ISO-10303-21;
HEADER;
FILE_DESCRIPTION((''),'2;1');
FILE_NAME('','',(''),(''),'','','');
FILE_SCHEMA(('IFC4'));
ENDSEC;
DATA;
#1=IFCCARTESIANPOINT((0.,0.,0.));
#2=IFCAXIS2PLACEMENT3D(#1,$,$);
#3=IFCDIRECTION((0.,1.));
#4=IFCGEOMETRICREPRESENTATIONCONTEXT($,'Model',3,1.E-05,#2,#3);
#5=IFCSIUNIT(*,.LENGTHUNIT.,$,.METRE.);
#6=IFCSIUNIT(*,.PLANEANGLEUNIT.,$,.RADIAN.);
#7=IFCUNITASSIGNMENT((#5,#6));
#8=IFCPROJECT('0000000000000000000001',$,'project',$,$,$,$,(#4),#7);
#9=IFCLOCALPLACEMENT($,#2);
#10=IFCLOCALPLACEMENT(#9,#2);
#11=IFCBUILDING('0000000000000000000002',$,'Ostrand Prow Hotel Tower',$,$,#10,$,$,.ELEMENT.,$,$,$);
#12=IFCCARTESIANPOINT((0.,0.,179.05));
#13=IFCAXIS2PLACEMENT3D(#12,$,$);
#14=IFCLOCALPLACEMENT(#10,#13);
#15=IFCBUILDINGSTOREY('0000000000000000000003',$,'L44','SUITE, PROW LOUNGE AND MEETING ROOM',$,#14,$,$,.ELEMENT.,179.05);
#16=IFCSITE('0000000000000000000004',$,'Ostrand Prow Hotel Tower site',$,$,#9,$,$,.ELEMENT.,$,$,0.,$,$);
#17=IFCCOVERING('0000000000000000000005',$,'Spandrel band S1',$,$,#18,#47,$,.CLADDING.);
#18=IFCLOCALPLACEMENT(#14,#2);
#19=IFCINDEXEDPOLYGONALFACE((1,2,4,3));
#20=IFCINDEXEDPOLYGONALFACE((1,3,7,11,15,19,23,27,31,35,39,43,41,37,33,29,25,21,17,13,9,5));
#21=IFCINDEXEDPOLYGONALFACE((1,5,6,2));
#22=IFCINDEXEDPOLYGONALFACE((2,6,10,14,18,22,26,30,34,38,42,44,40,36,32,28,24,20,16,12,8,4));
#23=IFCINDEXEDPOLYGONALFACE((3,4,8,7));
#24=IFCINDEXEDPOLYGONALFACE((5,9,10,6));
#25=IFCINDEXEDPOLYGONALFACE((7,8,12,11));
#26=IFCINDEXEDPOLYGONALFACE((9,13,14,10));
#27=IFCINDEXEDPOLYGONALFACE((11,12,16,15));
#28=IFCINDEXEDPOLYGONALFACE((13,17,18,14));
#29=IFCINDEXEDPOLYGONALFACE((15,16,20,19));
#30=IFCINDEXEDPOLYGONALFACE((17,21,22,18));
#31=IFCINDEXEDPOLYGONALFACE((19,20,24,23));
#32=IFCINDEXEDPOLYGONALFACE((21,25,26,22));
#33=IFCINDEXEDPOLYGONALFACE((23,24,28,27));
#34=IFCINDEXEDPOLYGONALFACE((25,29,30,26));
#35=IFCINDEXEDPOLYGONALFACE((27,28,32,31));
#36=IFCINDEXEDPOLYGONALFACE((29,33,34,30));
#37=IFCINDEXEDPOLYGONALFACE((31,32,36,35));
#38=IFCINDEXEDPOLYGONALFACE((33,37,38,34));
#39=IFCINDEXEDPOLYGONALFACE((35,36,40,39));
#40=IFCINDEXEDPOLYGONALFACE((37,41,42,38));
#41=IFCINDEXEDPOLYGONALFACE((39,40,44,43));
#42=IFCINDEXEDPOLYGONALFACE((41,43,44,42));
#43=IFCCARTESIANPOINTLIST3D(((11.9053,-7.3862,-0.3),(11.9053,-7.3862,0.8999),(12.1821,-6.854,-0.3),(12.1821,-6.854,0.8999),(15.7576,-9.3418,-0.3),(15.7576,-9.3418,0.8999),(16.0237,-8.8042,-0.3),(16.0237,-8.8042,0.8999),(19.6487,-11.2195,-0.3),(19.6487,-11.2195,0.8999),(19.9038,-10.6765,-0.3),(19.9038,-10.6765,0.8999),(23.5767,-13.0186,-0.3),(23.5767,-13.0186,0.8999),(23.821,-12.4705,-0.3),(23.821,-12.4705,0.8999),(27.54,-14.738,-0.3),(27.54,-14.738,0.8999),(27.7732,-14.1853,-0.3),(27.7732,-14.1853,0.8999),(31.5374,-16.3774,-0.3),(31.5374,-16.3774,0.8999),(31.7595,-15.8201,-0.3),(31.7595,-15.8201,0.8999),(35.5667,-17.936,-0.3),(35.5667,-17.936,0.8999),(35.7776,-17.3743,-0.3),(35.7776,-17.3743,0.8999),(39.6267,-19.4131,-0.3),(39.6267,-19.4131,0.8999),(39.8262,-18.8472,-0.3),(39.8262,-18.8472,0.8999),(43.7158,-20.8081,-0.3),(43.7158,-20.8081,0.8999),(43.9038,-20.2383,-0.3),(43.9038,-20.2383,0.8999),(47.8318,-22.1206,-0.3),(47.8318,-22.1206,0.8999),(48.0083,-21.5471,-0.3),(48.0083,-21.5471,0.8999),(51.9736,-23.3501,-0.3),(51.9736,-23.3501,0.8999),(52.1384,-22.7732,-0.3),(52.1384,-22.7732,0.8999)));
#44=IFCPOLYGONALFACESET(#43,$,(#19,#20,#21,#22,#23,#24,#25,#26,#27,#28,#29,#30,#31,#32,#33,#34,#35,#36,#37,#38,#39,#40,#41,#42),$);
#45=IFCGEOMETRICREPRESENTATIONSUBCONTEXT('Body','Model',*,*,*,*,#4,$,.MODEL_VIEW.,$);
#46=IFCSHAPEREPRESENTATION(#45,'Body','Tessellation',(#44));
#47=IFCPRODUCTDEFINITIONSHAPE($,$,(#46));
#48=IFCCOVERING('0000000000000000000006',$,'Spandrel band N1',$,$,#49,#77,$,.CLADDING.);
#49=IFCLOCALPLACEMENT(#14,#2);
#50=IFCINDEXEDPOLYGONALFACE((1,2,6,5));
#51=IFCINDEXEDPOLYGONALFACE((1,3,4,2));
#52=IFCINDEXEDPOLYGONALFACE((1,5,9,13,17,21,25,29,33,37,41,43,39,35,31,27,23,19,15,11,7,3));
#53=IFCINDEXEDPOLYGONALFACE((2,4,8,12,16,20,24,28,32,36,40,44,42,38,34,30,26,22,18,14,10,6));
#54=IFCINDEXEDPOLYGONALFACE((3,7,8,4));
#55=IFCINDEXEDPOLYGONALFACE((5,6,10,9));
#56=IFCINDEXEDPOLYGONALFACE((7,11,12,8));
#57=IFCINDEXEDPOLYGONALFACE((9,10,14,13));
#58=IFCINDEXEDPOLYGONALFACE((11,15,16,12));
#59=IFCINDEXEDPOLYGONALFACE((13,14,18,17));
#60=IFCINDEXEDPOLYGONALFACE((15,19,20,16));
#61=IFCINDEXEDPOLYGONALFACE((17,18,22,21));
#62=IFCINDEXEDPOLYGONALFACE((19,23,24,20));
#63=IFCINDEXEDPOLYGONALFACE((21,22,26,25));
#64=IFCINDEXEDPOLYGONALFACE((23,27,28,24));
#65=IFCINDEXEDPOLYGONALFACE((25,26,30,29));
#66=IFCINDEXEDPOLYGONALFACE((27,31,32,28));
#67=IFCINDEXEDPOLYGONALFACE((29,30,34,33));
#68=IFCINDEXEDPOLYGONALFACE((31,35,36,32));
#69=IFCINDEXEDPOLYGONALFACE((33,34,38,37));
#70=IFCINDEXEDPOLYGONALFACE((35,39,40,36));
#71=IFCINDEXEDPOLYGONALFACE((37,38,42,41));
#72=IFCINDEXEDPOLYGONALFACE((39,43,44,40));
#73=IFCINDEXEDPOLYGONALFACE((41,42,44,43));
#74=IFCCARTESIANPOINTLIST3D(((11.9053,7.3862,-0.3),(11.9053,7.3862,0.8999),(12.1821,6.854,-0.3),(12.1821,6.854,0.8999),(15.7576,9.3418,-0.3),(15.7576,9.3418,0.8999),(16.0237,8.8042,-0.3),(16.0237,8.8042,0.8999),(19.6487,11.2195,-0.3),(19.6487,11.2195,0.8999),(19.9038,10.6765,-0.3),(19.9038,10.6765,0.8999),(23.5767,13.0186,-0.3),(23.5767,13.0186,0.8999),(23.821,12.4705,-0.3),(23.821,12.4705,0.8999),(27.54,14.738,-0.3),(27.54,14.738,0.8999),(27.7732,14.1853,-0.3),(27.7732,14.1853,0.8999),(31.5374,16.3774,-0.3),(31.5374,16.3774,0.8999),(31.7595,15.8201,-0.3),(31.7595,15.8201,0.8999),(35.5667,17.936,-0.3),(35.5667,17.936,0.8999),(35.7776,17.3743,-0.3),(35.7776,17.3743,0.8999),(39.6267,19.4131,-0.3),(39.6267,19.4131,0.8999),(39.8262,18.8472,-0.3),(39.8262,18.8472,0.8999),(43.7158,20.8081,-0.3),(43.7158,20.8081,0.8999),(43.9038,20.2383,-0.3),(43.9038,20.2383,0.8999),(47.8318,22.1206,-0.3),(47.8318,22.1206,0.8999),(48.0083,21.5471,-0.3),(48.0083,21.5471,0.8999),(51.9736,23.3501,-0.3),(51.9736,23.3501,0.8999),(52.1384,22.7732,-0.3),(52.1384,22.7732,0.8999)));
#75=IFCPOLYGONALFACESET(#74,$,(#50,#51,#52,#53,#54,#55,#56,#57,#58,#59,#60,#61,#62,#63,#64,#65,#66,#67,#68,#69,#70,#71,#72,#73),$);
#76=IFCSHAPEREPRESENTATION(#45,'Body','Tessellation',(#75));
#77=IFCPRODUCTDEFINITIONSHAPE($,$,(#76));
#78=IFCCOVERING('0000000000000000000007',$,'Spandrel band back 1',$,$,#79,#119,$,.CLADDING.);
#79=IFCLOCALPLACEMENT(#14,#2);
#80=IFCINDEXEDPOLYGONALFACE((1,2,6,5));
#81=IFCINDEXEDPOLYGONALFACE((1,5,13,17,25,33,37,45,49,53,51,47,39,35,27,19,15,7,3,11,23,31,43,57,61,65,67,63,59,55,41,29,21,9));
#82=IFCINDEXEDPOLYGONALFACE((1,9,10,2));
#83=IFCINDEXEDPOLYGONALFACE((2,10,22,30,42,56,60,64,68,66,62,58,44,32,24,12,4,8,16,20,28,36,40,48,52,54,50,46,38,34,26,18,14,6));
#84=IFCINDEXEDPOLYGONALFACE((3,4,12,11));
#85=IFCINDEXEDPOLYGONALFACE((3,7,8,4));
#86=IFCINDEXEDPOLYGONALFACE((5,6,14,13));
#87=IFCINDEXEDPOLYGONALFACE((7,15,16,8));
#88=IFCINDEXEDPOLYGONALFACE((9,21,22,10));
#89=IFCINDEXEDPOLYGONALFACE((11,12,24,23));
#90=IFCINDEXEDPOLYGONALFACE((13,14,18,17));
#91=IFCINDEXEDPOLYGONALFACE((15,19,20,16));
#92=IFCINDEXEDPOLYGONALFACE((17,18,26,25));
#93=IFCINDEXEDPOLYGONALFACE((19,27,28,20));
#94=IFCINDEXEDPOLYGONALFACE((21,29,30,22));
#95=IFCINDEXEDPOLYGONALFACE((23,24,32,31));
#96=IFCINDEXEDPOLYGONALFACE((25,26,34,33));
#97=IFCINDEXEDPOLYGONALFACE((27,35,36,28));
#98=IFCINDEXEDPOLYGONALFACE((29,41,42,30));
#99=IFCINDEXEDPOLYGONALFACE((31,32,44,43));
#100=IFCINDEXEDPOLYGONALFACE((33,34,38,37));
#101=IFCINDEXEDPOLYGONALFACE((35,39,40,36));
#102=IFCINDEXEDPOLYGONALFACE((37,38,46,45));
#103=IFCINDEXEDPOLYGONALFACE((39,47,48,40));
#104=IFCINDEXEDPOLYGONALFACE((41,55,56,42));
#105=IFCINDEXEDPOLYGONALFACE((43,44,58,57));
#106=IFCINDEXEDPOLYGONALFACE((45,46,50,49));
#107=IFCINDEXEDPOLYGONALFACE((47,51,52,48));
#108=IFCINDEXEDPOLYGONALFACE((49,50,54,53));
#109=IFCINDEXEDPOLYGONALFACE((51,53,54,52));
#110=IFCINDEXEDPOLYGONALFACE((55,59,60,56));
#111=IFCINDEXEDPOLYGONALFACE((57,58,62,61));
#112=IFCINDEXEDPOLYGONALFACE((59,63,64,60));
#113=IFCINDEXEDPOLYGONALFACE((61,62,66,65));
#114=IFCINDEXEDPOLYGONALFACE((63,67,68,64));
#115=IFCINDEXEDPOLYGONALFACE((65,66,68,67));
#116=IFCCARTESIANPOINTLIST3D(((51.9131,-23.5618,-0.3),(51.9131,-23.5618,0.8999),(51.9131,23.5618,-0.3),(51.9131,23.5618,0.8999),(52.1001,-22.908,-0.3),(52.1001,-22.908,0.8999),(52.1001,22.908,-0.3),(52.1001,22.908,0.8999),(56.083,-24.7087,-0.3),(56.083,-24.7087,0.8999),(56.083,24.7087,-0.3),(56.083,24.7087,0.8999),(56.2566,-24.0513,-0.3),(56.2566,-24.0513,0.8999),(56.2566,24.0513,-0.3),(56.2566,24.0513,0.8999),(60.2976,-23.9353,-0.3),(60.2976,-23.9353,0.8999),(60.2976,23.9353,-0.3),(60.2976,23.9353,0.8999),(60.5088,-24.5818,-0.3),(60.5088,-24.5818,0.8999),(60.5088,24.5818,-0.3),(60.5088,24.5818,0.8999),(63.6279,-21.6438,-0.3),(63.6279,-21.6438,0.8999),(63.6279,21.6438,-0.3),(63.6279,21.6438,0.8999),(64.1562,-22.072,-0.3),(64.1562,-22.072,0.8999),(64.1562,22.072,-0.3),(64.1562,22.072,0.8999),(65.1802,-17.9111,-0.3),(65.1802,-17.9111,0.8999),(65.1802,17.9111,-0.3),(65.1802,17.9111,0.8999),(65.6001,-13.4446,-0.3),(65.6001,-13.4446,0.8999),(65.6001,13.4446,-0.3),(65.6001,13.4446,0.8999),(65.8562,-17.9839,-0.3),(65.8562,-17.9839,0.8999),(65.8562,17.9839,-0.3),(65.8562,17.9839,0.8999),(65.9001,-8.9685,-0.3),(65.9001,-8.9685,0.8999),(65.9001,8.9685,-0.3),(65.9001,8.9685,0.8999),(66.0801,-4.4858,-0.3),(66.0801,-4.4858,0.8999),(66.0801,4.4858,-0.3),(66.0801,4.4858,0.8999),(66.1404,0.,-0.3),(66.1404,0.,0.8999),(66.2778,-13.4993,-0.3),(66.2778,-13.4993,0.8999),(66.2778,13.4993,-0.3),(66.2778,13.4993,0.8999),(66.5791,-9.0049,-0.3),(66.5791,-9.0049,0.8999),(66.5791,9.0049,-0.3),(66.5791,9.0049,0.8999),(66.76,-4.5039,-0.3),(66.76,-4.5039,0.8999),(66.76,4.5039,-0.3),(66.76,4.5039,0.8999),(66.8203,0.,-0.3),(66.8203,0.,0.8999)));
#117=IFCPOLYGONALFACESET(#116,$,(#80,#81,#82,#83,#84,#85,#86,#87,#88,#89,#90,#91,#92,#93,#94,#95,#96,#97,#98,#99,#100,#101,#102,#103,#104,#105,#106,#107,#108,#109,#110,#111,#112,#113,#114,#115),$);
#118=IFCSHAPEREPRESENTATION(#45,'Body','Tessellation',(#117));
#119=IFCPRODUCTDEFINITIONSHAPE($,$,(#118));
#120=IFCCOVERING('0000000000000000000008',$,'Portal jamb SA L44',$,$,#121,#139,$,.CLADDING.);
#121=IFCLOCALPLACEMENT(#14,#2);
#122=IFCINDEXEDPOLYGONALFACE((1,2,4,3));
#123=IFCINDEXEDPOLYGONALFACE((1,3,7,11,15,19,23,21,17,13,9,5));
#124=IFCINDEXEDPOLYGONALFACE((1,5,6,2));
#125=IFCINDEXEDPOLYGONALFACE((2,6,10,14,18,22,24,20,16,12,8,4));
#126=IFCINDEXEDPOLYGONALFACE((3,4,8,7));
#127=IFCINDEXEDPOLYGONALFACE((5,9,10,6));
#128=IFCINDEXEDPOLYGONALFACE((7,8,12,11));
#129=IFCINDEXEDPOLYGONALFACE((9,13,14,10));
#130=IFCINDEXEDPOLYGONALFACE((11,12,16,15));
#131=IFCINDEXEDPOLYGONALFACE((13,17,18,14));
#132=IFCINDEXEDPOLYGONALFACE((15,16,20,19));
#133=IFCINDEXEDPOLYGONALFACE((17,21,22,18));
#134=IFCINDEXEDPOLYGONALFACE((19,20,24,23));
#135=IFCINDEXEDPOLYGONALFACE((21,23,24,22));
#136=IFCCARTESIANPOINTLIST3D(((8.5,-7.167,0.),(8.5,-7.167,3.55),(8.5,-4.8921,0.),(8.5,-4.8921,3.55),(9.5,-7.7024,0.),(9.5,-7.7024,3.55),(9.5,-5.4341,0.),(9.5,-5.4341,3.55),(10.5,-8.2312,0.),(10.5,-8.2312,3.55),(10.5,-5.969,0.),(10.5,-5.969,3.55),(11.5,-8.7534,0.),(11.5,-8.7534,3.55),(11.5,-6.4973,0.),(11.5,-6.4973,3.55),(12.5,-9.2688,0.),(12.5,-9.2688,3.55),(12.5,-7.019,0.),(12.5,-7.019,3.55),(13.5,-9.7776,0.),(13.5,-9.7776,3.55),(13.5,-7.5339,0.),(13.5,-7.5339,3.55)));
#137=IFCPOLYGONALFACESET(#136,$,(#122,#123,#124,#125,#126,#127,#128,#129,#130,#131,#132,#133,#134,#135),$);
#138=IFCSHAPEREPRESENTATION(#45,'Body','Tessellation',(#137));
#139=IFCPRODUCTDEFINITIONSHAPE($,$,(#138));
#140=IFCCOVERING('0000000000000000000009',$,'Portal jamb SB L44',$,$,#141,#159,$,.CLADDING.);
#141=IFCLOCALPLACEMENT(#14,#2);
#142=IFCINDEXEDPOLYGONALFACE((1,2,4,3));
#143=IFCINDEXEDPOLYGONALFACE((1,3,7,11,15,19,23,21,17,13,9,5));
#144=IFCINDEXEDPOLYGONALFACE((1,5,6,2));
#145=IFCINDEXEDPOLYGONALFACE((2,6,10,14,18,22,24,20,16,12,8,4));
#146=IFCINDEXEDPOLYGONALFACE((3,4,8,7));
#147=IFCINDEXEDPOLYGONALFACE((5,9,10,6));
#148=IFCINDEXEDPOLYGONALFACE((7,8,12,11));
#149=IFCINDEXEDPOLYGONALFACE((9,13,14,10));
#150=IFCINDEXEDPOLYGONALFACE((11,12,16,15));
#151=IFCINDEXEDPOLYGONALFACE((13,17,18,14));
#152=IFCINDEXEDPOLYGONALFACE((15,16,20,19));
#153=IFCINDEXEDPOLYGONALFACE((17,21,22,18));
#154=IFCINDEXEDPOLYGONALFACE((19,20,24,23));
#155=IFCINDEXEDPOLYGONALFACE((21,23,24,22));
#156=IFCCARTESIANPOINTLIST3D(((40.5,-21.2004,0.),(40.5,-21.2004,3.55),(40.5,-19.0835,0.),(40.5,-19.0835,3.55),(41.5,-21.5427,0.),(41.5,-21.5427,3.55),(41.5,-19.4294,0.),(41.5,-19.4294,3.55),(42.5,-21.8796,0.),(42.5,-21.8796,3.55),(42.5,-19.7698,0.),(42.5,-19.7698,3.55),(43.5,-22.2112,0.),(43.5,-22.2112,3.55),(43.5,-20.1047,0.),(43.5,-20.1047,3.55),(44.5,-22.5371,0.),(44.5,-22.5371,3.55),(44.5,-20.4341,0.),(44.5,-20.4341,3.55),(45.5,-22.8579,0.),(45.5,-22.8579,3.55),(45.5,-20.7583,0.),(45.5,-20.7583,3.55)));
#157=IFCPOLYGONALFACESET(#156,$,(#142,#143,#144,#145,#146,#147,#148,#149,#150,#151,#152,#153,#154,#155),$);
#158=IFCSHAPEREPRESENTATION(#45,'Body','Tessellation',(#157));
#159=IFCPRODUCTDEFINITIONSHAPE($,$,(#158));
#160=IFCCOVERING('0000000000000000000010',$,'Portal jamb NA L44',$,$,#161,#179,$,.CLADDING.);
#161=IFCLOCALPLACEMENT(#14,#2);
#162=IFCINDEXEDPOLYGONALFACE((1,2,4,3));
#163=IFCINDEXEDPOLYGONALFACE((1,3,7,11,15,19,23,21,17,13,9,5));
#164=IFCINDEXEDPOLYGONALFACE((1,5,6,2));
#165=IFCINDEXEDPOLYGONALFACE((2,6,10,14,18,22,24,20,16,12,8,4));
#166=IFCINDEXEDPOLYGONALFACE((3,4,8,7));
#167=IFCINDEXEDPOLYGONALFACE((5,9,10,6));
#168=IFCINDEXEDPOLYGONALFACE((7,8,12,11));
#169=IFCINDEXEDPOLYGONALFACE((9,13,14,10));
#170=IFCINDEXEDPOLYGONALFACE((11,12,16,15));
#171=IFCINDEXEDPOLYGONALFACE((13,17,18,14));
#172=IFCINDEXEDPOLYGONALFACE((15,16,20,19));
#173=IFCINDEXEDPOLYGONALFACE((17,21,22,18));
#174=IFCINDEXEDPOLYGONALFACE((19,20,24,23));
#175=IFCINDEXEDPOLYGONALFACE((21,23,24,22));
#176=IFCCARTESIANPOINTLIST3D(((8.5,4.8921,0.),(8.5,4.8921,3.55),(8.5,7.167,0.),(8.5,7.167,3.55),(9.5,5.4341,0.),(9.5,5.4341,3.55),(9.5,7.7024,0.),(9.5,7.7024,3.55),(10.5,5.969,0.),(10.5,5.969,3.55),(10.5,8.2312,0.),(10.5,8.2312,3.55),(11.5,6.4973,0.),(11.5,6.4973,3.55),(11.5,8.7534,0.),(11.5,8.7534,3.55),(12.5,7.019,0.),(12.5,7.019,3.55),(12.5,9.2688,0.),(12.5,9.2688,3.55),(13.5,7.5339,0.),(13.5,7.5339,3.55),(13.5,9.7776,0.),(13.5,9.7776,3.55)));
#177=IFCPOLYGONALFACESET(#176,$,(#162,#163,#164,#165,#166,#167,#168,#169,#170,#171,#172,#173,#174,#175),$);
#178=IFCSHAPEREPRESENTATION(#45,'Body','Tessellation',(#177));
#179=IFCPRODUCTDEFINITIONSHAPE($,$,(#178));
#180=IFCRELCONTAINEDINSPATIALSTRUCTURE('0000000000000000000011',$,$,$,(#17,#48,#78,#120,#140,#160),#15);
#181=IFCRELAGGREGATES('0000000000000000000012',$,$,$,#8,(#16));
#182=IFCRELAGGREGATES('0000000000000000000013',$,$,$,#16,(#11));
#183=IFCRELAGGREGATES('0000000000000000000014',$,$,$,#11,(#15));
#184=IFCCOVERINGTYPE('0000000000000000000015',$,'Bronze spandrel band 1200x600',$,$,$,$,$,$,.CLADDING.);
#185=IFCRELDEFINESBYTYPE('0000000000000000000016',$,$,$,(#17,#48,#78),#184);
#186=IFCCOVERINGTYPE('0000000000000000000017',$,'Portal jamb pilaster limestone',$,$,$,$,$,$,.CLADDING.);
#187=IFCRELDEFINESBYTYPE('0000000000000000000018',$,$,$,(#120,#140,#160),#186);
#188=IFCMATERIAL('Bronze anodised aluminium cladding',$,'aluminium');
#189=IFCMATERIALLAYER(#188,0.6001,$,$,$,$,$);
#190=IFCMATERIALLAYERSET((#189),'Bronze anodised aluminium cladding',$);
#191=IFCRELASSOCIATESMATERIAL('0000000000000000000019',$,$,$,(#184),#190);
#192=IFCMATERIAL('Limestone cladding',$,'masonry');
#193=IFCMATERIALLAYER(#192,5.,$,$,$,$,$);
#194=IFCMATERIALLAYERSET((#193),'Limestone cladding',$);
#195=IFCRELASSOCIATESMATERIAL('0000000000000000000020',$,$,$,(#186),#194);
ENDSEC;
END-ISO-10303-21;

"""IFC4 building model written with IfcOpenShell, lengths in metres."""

from ifc_helpers import new_model, si_unit, direction, frame, origin, place, context, subcontext, project, spatial, polyline, outline, extrude, material, layer, layer_set, type_object, element, save


model = new_model("IFC4")

# Units and contexts
model_context = context("Model", 3, precision=1e-05, world=origin(), true_north=direction((0.0, 1.0)))
body_context = subcontext(model_context, "Body", "Model", "MODEL_VIEW")
ifc_project = project(units=[si_unit("LENGTHUNIT", "METRE"), si_unit("PLANEANGLEUNIT", "RADIAN")], contexts=[model_context])

# Site, building, storey
site_placement = place(None, origin())
site = spatial("IfcSite", under=ifc_project, at=site_placement, Name="Ostrand Prow Hotel Tower site", CompositionType="ELEMENT", RefElevation=0.0)
building_placement = place(site_placement, origin())
building = spatial("IfcBuilding", under=site, at=building_placement, Name="Ostrand Prow Hotel Tower", CompositionType="ELEMENT")
storey_placement = place(building_placement, frame((0.0, 0.0, 179.05)))
storey = spatial("IfcBuildingStorey", under=building, at=storey_placement, Name="L44", Description="SUITE, PROW LOUNGE AND MEETING ROOM", CompositionType="ELEMENT", Elevation=179.05)

# Coverings
ifc_material_1 = material(Name="Bronze anodised aluminium cladding", Category="aluminium")
ifc_layer_1 = layer(ifc_material_1, 0.6001)
ifc_layer_set_1 = layer_set([ifc_layer_1], Name="Bronze anodised aluminium cladding")
covering_type_1 = type_object("IfcCoveringType", Name="Bronze spandrel band 1200x600", PredefinedType="CLADDING", material=ifc_layer_set_1)
covering_1_placement = place(storey_placement, frame((0.0, 0.0, -0.3)))
element("IfcCovering", 1, at=covering_1_placement, inside=storey, type_object=covering_type_1, Name="Spandrel band S1", PredefinedType="CLADDING", context=body_context, shape_type="SweptSolid", body=[
    extrude(outline(polyline([(11.9053, -7.3862), (15.7576, -9.3418), (19.6487, -11.2195), (23.5767, -13.0186), (27.54, -14.738), (31.5374, -16.3774), (35.5667, -17.936), (39.6267, -19.4131), (43.7158, -20.8081), (47.8318, -22.1206), (51.9736, -23.3501), (52.1384, -22.7732), (48.0083, -21.5471), (43.9038, -20.2383), (39.8262, -18.8472), (35.7776, -17.3743), (31.7595, -15.8201), (27.7732, -14.1853), (23.821, -12.4705), (19.9038, -10.6765), (16.0237, -8.8042), (12.1821, -6.854), (11.9053, -7.3862)])), origin(), (0.0, 0.0, 1.0), 1.2),
])
covering_2_placement = place(storey_placement, frame((0.0, 0.0, -0.3)))
element("IfcCovering", 2, at=covering_2_placement, inside=storey, type_object=covering_type_1, Name="Spandrel band N1", PredefinedType="CLADDING", context=body_context, shape_type="SweptSolid", body=[
    extrude(outline(polyline([(51.9736, 23.3501), (47.8318, 22.1206), (43.7158, 20.8081), (39.6267, 19.4131), (35.5667, 17.936), (31.5374, 16.3774), (27.54, 14.738), (23.5767, 13.0186), (19.6487, 11.2195), (15.7576, 9.3418), (11.9053, 7.3862), (12.1821, 6.854), (16.0237, 8.8042), (19.9038, 10.6765), (23.821, 12.4705), (27.7732, 14.1853), (31.7595, 15.8201), (35.7776, 17.3743), (39.8262, 18.8472), (43.9038, 20.2383), (48.0083, 21.5471), (52.1384, 22.7732), (51.9736, 23.3501)])), origin(), (0.0, 0.0, 1.0), 1.2),
])
covering_3_placement = place(storey_placement, frame((0.0, 0.0, -0.3)))
element("IfcCovering", 3, at=covering_3_placement, inside=storey, type_object=covering_type_1, Name="Spandrel band back 1", PredefinedType="CLADDING", context=body_context, shape_type="SweptSolid", body=[
    extrude(outline(polyline([(51.9131, -23.5618), (56.083, -24.7087), (60.5088, -24.5818), (64.1562, -22.072), (65.8562, -17.9839), (66.2778, -13.4993), (66.5791, -9.0049), (66.76, -4.5039), (66.8203, 0.0), (66.76, 4.5039), (66.5791, 9.0049), (66.2778, 13.4993), (65.8562, 17.9839), (64.1562, 22.072), (60.5088, 24.5818), (56.083, 24.7087), (51.9131, 23.5618), (52.1001, 22.908), (56.2566, 24.0513), (60.2976, 23.9353), (63.6279, 21.6438), (65.1802, 17.9111), (65.6001, 13.4446), (65.9001, 8.9685), (66.0801, 4.4858), (66.1404, 0.0), (66.0801, -4.4858), (65.9001, -8.9685), (65.6001, -13.4446), (65.1802, -17.9111), (63.6279, -21.6438), (60.2976, -23.9353), (56.2566, -24.0513), (52.1001, -22.908), (51.9131, -23.5618)])), origin(), (0.0, 0.0, 1.0), 1.2),
])
ifc_material_2 = material(Name="Limestone cladding", Category="masonry")
ifc_layer_2 = layer(ifc_material_2, 5.0)
ifc_layer_set_2 = layer_set([ifc_layer_2], Name="Limestone cladding")
covering_type_2 = type_object("IfcCoveringType", Name="Portal jamb pilaster limestone", PredefinedType="CLADDING", material=ifc_layer_set_2)
covering_4_placement = place(storey_placement, origin())
element("IfcCovering", 4, at=covering_4_placement, inside=storey, type_object=covering_type_2, Name="Portal jamb SA L44", PredefinedType="CLADDING", context=body_context, shape_type="SweptSolid", body=[
    extrude(outline(polyline([(8.5, -4.8921), (8.5, -7.167), (9.5, -7.7024), (10.5, -8.2312), (11.5, -8.7534), (12.5, -9.2688), (13.5, -9.7776), (13.5, -7.5339), (12.5, -7.019), (11.5, -6.4973), (10.5, -5.969), (9.5, -5.4341), (8.5, -4.8921)])), origin(), (0.0, 0.0, 1.0), 3.55),
])
covering_5_placement = place(storey_placement, origin())
element("IfcCovering", 5, at=covering_5_placement, inside=storey, type_object=covering_type_2, Name="Portal jamb SB L44", PredefinedType="CLADDING", context=body_context, shape_type="SweptSolid", body=[
    extrude(outline(polyline([(40.5, -19.0835), (40.5, -21.2004), (41.5, -21.5427), (42.5, -21.8796), (43.5, -22.2112), (44.5, -22.5371), (45.5, -22.8579), (45.5, -20.7583), (44.5, -20.4341), (43.5, -20.1047), (42.5, -19.7698), (41.5, -19.4294), (40.5, -19.0835)])), origin(), (0.0, 0.0, 1.0), 3.55),
])
covering_6_placement = place(storey_placement, origin())
element("IfcCovering", 6, at=covering_6_placement, inside=storey, type_object=covering_type_2, Name="Portal jamb NA L44", PredefinedType="CLADDING", context=body_context, shape_type="SweptSolid", body=[
    extrude(outline(polyline([(8.5, 4.8921), (9.5, 5.4341), (10.5, 5.969), (11.5, 6.4973), (12.5, 7.019), (13.5, 7.5339), (13.5, 9.7776), (12.5, 9.2688), (11.5, 8.7534), (10.5, 8.2312), (9.5, 7.7024), (8.5, 7.167), (8.5, 4.8921)])), origin(), (0.0, 0.0, 1.0), 3.55),
])

save(model, "model.ifc")
